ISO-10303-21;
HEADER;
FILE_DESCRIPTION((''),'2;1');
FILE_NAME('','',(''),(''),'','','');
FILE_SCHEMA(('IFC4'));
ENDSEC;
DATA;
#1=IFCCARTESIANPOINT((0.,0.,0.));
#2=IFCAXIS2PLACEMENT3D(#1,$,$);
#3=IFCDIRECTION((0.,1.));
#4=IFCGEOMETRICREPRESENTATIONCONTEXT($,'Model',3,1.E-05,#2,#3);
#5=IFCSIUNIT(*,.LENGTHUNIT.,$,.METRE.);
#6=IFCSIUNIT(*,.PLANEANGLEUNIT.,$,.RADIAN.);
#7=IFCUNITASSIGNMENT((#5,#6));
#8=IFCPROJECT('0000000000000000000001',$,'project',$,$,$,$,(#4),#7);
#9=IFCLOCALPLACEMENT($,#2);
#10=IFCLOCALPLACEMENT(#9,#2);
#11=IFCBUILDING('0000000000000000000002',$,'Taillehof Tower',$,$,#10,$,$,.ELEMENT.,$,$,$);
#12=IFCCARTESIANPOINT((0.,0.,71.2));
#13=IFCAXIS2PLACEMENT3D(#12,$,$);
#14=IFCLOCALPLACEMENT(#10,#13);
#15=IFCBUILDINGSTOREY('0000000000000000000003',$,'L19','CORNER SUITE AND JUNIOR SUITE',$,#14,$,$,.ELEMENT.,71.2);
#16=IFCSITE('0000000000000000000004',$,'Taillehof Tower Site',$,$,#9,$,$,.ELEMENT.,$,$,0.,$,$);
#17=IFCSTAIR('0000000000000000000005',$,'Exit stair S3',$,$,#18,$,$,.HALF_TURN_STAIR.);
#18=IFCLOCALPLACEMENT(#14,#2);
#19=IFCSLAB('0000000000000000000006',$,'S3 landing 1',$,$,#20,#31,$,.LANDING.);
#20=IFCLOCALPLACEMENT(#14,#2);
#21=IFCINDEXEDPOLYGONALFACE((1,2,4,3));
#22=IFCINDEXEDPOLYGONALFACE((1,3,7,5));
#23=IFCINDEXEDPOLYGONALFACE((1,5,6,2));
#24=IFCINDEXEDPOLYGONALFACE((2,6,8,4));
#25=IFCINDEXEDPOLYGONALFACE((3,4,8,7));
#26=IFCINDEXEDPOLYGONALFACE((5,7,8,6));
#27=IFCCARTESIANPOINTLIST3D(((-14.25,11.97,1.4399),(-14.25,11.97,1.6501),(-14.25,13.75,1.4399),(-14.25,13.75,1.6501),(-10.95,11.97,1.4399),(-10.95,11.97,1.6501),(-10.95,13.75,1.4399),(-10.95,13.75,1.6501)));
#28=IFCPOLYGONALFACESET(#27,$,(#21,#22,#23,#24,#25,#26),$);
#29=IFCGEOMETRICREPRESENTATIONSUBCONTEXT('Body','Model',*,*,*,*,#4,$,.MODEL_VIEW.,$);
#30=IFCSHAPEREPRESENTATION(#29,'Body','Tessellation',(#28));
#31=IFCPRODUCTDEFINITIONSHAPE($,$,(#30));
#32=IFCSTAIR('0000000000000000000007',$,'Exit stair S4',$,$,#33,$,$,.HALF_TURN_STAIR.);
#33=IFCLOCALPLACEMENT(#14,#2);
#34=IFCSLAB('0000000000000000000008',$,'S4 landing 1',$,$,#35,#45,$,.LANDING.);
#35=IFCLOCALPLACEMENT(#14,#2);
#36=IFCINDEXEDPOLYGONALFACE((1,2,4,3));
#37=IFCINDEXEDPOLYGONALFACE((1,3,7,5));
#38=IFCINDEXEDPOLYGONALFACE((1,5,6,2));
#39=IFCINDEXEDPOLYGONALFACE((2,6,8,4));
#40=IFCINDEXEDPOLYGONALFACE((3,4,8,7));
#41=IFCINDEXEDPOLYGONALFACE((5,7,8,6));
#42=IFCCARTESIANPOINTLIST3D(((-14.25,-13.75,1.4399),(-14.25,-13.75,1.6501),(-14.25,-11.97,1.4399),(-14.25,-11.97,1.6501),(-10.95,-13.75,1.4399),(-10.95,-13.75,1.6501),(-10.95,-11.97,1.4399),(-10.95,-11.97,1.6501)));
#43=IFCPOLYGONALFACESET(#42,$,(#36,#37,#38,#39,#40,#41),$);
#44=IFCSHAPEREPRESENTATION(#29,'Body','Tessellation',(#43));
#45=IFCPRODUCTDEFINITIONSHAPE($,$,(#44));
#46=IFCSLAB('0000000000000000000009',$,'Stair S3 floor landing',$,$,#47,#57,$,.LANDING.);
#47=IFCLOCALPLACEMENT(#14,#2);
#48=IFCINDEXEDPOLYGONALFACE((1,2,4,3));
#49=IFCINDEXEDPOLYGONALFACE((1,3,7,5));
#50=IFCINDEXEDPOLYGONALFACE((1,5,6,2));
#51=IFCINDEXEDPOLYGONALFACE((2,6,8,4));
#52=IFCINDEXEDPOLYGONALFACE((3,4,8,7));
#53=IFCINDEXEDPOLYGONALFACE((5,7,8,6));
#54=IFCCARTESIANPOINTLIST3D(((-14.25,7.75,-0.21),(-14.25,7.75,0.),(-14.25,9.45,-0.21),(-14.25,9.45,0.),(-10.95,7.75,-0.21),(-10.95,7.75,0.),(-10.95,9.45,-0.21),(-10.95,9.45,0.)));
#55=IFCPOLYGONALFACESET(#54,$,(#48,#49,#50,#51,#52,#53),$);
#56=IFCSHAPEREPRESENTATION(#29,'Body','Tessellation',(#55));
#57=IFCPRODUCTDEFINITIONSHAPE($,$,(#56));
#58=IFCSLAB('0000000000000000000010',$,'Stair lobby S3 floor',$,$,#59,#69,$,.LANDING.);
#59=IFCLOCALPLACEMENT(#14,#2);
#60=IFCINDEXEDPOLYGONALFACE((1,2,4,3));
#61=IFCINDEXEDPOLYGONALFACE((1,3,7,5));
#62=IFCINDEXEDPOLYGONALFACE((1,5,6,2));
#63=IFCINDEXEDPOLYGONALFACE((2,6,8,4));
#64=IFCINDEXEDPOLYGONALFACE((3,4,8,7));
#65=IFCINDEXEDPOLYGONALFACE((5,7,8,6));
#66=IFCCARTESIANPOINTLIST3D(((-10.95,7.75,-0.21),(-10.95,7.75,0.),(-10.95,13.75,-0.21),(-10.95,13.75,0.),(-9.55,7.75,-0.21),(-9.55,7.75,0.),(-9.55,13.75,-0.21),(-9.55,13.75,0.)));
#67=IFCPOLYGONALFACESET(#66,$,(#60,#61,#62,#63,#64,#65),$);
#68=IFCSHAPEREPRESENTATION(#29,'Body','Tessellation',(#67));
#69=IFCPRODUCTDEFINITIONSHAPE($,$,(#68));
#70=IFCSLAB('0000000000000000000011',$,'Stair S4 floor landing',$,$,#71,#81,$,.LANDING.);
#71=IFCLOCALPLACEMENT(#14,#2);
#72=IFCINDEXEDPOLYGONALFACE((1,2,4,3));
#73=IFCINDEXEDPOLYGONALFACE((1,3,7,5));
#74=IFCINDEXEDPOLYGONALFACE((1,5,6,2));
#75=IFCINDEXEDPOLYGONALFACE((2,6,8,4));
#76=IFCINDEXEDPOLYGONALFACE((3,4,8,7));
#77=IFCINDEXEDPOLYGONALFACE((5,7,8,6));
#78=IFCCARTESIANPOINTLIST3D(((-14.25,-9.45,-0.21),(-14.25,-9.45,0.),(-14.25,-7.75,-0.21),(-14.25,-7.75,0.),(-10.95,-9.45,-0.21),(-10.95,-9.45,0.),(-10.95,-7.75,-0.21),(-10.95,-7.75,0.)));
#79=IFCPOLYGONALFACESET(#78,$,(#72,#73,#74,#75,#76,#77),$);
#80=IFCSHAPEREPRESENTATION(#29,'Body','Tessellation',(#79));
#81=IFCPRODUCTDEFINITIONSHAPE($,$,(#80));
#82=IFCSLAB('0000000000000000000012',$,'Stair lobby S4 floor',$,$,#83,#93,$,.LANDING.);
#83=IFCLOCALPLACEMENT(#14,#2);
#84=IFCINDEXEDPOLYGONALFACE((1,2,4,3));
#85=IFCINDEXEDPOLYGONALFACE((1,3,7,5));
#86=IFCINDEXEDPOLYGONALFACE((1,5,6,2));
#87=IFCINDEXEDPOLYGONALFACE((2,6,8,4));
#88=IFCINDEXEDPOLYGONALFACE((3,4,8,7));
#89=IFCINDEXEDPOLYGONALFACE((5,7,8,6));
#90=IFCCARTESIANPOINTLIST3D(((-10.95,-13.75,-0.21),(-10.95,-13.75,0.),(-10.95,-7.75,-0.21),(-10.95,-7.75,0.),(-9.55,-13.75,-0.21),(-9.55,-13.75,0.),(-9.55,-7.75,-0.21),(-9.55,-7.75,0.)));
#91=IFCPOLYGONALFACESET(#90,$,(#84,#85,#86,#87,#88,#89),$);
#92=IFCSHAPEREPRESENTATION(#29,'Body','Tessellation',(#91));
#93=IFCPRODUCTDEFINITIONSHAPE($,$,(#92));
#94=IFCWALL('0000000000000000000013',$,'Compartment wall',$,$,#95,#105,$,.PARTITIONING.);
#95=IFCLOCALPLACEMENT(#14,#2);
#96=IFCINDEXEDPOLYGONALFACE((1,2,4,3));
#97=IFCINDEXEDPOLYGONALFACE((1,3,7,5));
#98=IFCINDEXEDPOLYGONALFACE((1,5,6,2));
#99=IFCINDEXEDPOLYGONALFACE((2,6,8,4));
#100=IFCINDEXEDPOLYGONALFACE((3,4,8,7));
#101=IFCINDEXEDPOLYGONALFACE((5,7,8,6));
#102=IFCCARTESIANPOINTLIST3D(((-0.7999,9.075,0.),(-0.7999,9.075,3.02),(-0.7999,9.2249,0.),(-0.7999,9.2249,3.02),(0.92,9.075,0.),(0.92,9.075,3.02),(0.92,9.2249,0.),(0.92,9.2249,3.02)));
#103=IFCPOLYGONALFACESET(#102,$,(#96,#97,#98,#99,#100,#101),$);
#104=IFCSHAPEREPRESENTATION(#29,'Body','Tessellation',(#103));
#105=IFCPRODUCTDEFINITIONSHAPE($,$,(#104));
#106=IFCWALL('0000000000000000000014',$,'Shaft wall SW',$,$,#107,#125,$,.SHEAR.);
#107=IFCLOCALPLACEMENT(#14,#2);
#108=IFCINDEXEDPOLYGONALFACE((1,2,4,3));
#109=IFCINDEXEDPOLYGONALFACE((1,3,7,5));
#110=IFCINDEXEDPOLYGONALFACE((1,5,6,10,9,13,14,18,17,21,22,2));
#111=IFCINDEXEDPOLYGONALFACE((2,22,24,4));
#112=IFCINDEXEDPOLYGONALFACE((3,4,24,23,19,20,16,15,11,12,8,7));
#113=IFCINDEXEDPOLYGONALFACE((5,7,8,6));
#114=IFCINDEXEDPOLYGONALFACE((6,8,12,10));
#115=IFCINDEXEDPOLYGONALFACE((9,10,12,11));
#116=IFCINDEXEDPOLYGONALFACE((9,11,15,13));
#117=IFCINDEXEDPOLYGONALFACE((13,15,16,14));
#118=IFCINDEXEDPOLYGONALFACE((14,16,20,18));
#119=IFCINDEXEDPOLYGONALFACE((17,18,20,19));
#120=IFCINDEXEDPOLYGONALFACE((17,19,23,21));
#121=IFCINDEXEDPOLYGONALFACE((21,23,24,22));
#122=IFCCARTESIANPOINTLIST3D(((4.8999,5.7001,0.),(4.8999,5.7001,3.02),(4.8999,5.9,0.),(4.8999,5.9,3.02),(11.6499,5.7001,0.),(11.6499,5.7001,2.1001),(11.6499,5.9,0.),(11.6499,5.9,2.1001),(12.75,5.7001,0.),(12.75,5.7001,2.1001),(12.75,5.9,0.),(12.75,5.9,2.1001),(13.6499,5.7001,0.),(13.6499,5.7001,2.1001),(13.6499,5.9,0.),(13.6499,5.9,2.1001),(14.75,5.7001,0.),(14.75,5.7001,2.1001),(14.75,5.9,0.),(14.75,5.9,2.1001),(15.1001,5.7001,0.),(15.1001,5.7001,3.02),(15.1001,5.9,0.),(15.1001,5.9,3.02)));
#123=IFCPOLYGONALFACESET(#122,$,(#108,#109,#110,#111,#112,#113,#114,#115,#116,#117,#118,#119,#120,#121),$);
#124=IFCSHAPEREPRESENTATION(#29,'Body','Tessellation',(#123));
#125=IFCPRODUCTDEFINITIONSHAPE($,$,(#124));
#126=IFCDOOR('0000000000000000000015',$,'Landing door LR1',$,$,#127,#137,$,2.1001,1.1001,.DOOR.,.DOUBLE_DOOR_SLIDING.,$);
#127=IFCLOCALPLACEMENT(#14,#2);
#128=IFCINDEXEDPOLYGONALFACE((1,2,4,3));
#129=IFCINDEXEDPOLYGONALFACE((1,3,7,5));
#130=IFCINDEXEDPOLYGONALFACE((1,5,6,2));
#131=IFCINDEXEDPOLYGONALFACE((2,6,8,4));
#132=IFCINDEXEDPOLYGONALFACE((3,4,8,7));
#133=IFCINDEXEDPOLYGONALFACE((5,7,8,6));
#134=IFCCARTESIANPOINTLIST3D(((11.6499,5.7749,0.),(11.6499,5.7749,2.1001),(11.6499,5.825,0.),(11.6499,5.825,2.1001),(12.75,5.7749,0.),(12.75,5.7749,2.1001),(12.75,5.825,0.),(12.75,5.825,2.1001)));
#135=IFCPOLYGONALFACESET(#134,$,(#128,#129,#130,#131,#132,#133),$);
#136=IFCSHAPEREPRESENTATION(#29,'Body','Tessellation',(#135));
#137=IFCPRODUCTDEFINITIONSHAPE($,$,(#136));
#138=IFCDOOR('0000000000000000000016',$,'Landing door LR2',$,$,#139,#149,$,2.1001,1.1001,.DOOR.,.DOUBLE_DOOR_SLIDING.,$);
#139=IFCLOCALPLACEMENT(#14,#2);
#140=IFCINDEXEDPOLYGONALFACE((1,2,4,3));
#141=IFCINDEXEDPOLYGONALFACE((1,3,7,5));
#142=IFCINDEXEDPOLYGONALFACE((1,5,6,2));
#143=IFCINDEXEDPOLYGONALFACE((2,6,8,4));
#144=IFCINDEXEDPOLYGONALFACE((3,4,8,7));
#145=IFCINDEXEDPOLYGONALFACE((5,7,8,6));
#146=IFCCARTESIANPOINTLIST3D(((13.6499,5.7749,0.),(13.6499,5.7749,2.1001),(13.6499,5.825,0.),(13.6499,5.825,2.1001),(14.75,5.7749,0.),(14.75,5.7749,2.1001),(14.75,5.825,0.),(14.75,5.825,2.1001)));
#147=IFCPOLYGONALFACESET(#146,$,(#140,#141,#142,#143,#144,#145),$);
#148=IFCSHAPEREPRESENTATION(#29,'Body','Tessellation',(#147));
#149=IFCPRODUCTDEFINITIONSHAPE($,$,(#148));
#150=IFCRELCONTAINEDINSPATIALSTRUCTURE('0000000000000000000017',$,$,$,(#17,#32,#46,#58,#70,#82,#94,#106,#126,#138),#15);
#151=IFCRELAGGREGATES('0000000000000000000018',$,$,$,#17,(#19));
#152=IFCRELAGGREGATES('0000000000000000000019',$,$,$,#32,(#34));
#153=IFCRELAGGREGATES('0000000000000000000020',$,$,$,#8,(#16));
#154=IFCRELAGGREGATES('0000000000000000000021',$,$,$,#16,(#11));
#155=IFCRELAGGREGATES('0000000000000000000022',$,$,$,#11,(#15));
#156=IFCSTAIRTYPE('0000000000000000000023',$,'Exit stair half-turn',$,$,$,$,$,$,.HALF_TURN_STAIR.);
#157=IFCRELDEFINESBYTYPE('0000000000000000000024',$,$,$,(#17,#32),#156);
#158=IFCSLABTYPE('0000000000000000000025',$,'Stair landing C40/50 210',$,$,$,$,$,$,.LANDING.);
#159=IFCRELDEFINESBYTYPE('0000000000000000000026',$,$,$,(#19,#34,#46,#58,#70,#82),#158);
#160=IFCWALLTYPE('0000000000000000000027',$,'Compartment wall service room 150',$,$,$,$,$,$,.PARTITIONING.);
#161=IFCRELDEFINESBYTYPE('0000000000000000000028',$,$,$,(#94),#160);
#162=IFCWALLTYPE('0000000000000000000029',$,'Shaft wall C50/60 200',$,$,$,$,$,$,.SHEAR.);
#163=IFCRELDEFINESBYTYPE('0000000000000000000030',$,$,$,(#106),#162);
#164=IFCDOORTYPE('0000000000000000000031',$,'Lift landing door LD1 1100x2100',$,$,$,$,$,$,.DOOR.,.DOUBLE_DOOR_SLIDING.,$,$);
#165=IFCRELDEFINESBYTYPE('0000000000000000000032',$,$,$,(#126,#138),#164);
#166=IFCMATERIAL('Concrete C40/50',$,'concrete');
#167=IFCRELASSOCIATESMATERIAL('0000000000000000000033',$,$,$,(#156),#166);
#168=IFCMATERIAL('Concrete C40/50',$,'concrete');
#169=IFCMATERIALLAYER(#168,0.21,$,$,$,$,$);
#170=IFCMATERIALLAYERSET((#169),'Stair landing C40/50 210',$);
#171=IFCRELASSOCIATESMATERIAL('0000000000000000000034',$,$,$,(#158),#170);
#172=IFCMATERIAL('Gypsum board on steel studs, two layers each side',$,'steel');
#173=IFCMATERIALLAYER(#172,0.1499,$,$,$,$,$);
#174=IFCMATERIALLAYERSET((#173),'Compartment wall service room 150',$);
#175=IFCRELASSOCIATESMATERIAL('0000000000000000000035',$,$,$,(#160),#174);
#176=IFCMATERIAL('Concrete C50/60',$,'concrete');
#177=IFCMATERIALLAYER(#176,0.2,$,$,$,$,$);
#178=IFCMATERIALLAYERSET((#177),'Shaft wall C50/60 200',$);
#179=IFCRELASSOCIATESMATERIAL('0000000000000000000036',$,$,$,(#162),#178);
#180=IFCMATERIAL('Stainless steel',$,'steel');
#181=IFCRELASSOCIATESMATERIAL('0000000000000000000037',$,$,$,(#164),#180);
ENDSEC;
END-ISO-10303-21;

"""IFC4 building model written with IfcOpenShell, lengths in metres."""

from ifc_helpers import new_model, si_unit, direction, frame, frame_2d, origin, place, context, subcontext, project, spatial, polyline, rectangle, outline, extrude, material, layer, layer_set, type_object, element, fill, aggregate, save


model = new_model("IFC4")

# Units and contexts
model_context = context("Model", 3, precision=1e-05, world=origin(), true_north=direction((0.0, 1.0)))
body_context = subcontext(model_context, "Body", "Model", "MODEL_VIEW")
ifc_project = project(units=[si_unit("LENGTHUNIT", "METRE"), si_unit("PLANEANGLEUNIT", "RADIAN")], contexts=[model_context])

# Site, building, storey
site_placement = place(None, origin())
site = spatial("IfcSite", under=ifc_project, at=site_placement, Name="Taillehof Tower Site", CompositionType="ELEMENT", RefElevation=0.0)
building_placement = place(site_placement, origin())
building = spatial("IfcBuilding", under=site, at=building_placement, Name="Taillehof Tower", CompositionType="ELEMENT")
storey_placement = place(building_placement, frame((0.0, 0.0, 71.2)))
storey = spatial("IfcBuildingStorey", under=building, at=storey_placement, Name="L19", Description="CORNER SUITE AND JUNIOR SUITE", CompositionType="ELEMENT", Elevation=71.2)

# Stairs, slabs
ifc_material_1 = material(Name="Concrete C40/50", Category="concrete")
stair_type = type_object("IfcStairType", Name="Exit stair half-turn", PredefinedType="HALF_TURN_STAIR", material=ifc_material_1)
ifc_material_2 = material(Name="Concrete C40/50", Category="concrete")
ifc_layer_1 = layer(ifc_material_2, 0.21)
ifc_layer_set_1 = layer_set([ifc_layer_1], Name="Stair landing C40/50 210")
slab_type_1 = type_object("IfcSlabType", Name="Stair landing C40/50 210", PredefinedType="LANDING", material=ifc_layer_set_1)
stair_1_placement = place(storey_placement, origin())
stair_1 = element("IfcStair", 1, at=stair_1_placement, inside=storey, type_object=stair_type, Name="Exit stair S3", PredefinedType="HALF_TURN_STAIR")
slab_1_placement = place(storey_placement, frame((0.0, 0.0, 1.4399)))
slab_1 = element("IfcSlab", 2, at=slab_1_placement, type_object=slab_type_1, Name="S3 landing 1", PredefinedType="LANDING", context=body_context, shape_type="SweptSolid", body=[
    extrude(outline(polyline([(-14.25, 11.97), (-14.25, 13.75), (-10.95, 13.75), (-10.95, 11.97), (-14.25, 11.97)])), origin(), (0.0, 0.0, 1.0), 0.2102),
])
aggregate(stair_1, [slab_1])
stair_2_placement = place(storey_placement, origin())
stair_2 = element("IfcStair", 3, at=stair_2_placement, inside=storey, type_object=stair_type, Name="Exit stair S4", PredefinedType="HALF_TURN_STAIR")
slab_2_placement = place(storey_placement, frame((0.0, 0.0, 1.4399)))
slab_2 = element("IfcSlab", 4, at=slab_2_placement, type_object=slab_type_1, Name="S4 landing 1", PredefinedType="LANDING", context=body_context, shape_type="SweptSolid", body=[
    extrude(outline(polyline([(-14.25, -11.97), (-14.25, -13.75), (-10.95, -13.75), (-10.95, -11.97), (-14.25, -11.97)])), origin(), (0.0, 0.0, 1.0), 0.2102),
])
aggregate(stair_2, [slab_2])

# Slabs
slab_3_placement = place(storey_placement, frame((0.0, 0.0, -0.21)))
element("IfcSlab", 5, at=slab_3_placement, inside=storey, type_object=slab_type_1, Name="Stair S3 floor landing", PredefinedType="LANDING", context=body_context, shape_type="SweptSolid", body=[
    extrude(outline(polyline([(-14.25, 7.75), (-14.25, 9.45), (-10.95, 9.45), (-10.95, 7.75), (-14.25, 7.75)])), origin(), (0.0, 0.0, 1.0), 0.21),
])
slab_4_placement = place(storey_placement, frame((0.0, 0.0, -0.21)))
element("IfcSlab", 6, at=slab_4_placement, inside=storey, type_object=slab_type_1, Name="Stair lobby S3 floor", PredefinedType="LANDING", context=body_context, shape_type="SweptSolid", body=[
    extrude(outline(polyline([(-10.95, 7.75), (-9.55, 7.75), (-9.55, 13.75), (-10.95, 13.75), (-10.95, 7.75)])), origin(), (0.0, 0.0, 1.0), 0.21),
])
slab_5_placement = place(storey_placement, frame((0.0, 0.0, -0.21)))
element("IfcSlab", 7, at=slab_5_placement, inside=storey, type_object=slab_type_1, Name="Stair S4 floor landing", PredefinedType="LANDING", context=body_context, shape_type="SweptSolid", body=[
    extrude(outline(polyline([(-14.25, -7.75), (-14.25, -9.45), (-10.95, -9.45), (-10.95, -7.75), (-14.25, -7.75)])), origin(), (0.0, 0.0, 1.0), 0.21),
])
slab_6_placement = place(storey_placement, frame((0.0, 0.0, -0.21)))
element("IfcSlab", 8, at=slab_6_placement, inside=storey, type_object=slab_type_1, Name="Stair lobby S4 floor", PredefinedType="LANDING", context=body_context, shape_type="SweptSolid", body=[
    extrude(outline(polyline([(-10.95, -13.75), (-9.55, -13.75), (-9.55, -7.75), (-10.95, -7.75), (-10.95, -13.75)])), origin(), (0.0, 0.0, 1.0), 0.21),
])

# Wall
ifc_material_3 = material(Name="Gypsum board on steel studs, two layers each side", Category="steel")
ifc_layer_2 = layer(ifc_material_3, 0.1499)
ifc_layer_set_2 = layer_set([ifc_layer_2], Name="Compartment wall service room 150")
wall_type_1 = type_object("IfcWallType", Name="Compartment wall service room 150", PredefinedType="PARTITIONING", material=ifc_layer_set_2)
wall_1_placement = place(storey_placement, frame((0.9199, 9.1499, 0.0), z_axis=(0.0, 0.0, 1.0), x_axis=(-1.0, 0.0, 0.0)))
element("IfcWall", 9, at=wall_1_placement, inside=storey, type_object=wall_type_1, Name="Compartment wall", PredefinedType="PARTITIONING", context=body_context, shape_type="SweptSolid", body=[
    extrude(rectangle(XDim=1.72, YDim=0.1499, at=frame_2d((0.8599, 0.0))), origin(), (0.0, 0.0, 1.0), 3.02),
])

# Wall, openings, doors
ifc_material_4 = material(Name="Concrete C50/60", Category="concrete")
ifc_layer_3 = layer(ifc_material_4, 0.2)
ifc_layer_set_3 = layer_set([ifc_layer_3], Name="Shaft wall C50/60 200")
wall_type_2 = type_object("IfcWallType", Name="Shaft wall C50/60 200", PredefinedType="SHEAR", material=ifc_layer_set_3)
wall_2_placement = place(storey_placement, frame((4.8999, 5.8, 0.0), z_axis=(0.0, 0.0, 1.0), x_axis=(1.0, 0.0, 0.0)))
wall_2 = element("IfcWall", 10, at=wall_2_placement, inside=storey, type_object=wall_type_2, Name="Shaft wall SW", PredefinedType="SHEAR", context=body_context, shape_type="SweptSolid", body=[
    extrude(rectangle(XDim=10.2002, YDim=0.2, at=frame_2d((5.1001, 0.0))), origin(), (0.0, 0.0, 1.0), 3.02),
])
opening_1_placement = place(wall_2_placement, frame((6.75, 0.0, 0.0)))
opening_1 = element("IfcOpeningElement", 11, at=opening_1_placement, cuts=wall_2, PredefinedType="OPENING", context=body_context, shape_type="SweptSolid", body=[
    extrude(rectangle(XDim=1.1001, YDim=2.1001, at=frame_2d((0.55, 1.05))), frame((0.0, 0.1099, 0.0), z_axis=(0.0, -1.0, 0.0), x_axis=(1.0, 0.0, 0.0)), (0.0, 0.0, 1.0), 0.22),
])
opening_2_placement = place(wall_2_placement, frame((8.75, 0.0, 0.0)))
opening_2 = element("IfcOpeningElement", 12, at=opening_2_placement, cuts=wall_2, PredefinedType="OPENING", context=body_context, shape_type="SweptSolid", body=[
    extrude(rectangle(XDim=1.1001, YDim=2.1001, at=frame_2d((0.55, 1.05))), frame((0.0, 0.1099, 0.0), z_axis=(0.0, -1.0, 0.0), x_axis=(1.0, 0.0, 0.0)), (0.0, 0.0, 1.0), 0.22),
])
ifc_material_5 = material(Name="Stainless steel", Category="steel")
door_type_1 = type_object("IfcDoorType", Name="Lift landing door LD1 1100x2100", OperationType="DOUBLE_DOOR_SLIDING", PredefinedType="DOOR", material=ifc_material_5)
door_1_placement = place(opening_1_placement, origin())
door_1 = element("IfcDoor", 13, at=door_1_placement, inside=storey, type_object=door_type_1, Name="Landing door LR1", OperationType="DOUBLE_DOOR_SLIDING", OverallHeight=2.1001, OverallWidth=1.1001, PredefinedType="DOOR", context=body_context, shape_type="SweptSolid", body=[
    extrude(rectangle(XDim=1.1001, YDim=2.1001, at=frame_2d((0.55, 1.05))), frame((0.0, 0.0249, 0.0), z_axis=(0.0, -1.0, 0.0), x_axis=(1.0, 0.0, 0.0)), (0.0, 0.0, 1.0), 0.05),
])
fill(opening_1, door_1)
door_2_placement = place(opening_2_placement, origin())
door_2 = element("IfcDoor", 14, at=door_2_placement, inside=storey, type_object=door_type_1, Name="Landing door LR2", OperationType="DOUBLE_DOOR_SLIDING", OverallHeight=2.1001, OverallWidth=1.1001, PredefinedType="DOOR", context=body_context, shape_type="SweptSolid", body=[
    extrude(rectangle(XDim=1.1001, YDim=2.1001, at=frame_2d((0.55, 1.05))), frame((0.0, 0.0249, 0.0), z_axis=(0.0, -1.0, 0.0), x_axis=(1.0, 0.0, 0.0)), (0.0, 0.0, 1.0), 0.05),
])
fill(opening_2, door_2)

save(model, "model.ifc")
